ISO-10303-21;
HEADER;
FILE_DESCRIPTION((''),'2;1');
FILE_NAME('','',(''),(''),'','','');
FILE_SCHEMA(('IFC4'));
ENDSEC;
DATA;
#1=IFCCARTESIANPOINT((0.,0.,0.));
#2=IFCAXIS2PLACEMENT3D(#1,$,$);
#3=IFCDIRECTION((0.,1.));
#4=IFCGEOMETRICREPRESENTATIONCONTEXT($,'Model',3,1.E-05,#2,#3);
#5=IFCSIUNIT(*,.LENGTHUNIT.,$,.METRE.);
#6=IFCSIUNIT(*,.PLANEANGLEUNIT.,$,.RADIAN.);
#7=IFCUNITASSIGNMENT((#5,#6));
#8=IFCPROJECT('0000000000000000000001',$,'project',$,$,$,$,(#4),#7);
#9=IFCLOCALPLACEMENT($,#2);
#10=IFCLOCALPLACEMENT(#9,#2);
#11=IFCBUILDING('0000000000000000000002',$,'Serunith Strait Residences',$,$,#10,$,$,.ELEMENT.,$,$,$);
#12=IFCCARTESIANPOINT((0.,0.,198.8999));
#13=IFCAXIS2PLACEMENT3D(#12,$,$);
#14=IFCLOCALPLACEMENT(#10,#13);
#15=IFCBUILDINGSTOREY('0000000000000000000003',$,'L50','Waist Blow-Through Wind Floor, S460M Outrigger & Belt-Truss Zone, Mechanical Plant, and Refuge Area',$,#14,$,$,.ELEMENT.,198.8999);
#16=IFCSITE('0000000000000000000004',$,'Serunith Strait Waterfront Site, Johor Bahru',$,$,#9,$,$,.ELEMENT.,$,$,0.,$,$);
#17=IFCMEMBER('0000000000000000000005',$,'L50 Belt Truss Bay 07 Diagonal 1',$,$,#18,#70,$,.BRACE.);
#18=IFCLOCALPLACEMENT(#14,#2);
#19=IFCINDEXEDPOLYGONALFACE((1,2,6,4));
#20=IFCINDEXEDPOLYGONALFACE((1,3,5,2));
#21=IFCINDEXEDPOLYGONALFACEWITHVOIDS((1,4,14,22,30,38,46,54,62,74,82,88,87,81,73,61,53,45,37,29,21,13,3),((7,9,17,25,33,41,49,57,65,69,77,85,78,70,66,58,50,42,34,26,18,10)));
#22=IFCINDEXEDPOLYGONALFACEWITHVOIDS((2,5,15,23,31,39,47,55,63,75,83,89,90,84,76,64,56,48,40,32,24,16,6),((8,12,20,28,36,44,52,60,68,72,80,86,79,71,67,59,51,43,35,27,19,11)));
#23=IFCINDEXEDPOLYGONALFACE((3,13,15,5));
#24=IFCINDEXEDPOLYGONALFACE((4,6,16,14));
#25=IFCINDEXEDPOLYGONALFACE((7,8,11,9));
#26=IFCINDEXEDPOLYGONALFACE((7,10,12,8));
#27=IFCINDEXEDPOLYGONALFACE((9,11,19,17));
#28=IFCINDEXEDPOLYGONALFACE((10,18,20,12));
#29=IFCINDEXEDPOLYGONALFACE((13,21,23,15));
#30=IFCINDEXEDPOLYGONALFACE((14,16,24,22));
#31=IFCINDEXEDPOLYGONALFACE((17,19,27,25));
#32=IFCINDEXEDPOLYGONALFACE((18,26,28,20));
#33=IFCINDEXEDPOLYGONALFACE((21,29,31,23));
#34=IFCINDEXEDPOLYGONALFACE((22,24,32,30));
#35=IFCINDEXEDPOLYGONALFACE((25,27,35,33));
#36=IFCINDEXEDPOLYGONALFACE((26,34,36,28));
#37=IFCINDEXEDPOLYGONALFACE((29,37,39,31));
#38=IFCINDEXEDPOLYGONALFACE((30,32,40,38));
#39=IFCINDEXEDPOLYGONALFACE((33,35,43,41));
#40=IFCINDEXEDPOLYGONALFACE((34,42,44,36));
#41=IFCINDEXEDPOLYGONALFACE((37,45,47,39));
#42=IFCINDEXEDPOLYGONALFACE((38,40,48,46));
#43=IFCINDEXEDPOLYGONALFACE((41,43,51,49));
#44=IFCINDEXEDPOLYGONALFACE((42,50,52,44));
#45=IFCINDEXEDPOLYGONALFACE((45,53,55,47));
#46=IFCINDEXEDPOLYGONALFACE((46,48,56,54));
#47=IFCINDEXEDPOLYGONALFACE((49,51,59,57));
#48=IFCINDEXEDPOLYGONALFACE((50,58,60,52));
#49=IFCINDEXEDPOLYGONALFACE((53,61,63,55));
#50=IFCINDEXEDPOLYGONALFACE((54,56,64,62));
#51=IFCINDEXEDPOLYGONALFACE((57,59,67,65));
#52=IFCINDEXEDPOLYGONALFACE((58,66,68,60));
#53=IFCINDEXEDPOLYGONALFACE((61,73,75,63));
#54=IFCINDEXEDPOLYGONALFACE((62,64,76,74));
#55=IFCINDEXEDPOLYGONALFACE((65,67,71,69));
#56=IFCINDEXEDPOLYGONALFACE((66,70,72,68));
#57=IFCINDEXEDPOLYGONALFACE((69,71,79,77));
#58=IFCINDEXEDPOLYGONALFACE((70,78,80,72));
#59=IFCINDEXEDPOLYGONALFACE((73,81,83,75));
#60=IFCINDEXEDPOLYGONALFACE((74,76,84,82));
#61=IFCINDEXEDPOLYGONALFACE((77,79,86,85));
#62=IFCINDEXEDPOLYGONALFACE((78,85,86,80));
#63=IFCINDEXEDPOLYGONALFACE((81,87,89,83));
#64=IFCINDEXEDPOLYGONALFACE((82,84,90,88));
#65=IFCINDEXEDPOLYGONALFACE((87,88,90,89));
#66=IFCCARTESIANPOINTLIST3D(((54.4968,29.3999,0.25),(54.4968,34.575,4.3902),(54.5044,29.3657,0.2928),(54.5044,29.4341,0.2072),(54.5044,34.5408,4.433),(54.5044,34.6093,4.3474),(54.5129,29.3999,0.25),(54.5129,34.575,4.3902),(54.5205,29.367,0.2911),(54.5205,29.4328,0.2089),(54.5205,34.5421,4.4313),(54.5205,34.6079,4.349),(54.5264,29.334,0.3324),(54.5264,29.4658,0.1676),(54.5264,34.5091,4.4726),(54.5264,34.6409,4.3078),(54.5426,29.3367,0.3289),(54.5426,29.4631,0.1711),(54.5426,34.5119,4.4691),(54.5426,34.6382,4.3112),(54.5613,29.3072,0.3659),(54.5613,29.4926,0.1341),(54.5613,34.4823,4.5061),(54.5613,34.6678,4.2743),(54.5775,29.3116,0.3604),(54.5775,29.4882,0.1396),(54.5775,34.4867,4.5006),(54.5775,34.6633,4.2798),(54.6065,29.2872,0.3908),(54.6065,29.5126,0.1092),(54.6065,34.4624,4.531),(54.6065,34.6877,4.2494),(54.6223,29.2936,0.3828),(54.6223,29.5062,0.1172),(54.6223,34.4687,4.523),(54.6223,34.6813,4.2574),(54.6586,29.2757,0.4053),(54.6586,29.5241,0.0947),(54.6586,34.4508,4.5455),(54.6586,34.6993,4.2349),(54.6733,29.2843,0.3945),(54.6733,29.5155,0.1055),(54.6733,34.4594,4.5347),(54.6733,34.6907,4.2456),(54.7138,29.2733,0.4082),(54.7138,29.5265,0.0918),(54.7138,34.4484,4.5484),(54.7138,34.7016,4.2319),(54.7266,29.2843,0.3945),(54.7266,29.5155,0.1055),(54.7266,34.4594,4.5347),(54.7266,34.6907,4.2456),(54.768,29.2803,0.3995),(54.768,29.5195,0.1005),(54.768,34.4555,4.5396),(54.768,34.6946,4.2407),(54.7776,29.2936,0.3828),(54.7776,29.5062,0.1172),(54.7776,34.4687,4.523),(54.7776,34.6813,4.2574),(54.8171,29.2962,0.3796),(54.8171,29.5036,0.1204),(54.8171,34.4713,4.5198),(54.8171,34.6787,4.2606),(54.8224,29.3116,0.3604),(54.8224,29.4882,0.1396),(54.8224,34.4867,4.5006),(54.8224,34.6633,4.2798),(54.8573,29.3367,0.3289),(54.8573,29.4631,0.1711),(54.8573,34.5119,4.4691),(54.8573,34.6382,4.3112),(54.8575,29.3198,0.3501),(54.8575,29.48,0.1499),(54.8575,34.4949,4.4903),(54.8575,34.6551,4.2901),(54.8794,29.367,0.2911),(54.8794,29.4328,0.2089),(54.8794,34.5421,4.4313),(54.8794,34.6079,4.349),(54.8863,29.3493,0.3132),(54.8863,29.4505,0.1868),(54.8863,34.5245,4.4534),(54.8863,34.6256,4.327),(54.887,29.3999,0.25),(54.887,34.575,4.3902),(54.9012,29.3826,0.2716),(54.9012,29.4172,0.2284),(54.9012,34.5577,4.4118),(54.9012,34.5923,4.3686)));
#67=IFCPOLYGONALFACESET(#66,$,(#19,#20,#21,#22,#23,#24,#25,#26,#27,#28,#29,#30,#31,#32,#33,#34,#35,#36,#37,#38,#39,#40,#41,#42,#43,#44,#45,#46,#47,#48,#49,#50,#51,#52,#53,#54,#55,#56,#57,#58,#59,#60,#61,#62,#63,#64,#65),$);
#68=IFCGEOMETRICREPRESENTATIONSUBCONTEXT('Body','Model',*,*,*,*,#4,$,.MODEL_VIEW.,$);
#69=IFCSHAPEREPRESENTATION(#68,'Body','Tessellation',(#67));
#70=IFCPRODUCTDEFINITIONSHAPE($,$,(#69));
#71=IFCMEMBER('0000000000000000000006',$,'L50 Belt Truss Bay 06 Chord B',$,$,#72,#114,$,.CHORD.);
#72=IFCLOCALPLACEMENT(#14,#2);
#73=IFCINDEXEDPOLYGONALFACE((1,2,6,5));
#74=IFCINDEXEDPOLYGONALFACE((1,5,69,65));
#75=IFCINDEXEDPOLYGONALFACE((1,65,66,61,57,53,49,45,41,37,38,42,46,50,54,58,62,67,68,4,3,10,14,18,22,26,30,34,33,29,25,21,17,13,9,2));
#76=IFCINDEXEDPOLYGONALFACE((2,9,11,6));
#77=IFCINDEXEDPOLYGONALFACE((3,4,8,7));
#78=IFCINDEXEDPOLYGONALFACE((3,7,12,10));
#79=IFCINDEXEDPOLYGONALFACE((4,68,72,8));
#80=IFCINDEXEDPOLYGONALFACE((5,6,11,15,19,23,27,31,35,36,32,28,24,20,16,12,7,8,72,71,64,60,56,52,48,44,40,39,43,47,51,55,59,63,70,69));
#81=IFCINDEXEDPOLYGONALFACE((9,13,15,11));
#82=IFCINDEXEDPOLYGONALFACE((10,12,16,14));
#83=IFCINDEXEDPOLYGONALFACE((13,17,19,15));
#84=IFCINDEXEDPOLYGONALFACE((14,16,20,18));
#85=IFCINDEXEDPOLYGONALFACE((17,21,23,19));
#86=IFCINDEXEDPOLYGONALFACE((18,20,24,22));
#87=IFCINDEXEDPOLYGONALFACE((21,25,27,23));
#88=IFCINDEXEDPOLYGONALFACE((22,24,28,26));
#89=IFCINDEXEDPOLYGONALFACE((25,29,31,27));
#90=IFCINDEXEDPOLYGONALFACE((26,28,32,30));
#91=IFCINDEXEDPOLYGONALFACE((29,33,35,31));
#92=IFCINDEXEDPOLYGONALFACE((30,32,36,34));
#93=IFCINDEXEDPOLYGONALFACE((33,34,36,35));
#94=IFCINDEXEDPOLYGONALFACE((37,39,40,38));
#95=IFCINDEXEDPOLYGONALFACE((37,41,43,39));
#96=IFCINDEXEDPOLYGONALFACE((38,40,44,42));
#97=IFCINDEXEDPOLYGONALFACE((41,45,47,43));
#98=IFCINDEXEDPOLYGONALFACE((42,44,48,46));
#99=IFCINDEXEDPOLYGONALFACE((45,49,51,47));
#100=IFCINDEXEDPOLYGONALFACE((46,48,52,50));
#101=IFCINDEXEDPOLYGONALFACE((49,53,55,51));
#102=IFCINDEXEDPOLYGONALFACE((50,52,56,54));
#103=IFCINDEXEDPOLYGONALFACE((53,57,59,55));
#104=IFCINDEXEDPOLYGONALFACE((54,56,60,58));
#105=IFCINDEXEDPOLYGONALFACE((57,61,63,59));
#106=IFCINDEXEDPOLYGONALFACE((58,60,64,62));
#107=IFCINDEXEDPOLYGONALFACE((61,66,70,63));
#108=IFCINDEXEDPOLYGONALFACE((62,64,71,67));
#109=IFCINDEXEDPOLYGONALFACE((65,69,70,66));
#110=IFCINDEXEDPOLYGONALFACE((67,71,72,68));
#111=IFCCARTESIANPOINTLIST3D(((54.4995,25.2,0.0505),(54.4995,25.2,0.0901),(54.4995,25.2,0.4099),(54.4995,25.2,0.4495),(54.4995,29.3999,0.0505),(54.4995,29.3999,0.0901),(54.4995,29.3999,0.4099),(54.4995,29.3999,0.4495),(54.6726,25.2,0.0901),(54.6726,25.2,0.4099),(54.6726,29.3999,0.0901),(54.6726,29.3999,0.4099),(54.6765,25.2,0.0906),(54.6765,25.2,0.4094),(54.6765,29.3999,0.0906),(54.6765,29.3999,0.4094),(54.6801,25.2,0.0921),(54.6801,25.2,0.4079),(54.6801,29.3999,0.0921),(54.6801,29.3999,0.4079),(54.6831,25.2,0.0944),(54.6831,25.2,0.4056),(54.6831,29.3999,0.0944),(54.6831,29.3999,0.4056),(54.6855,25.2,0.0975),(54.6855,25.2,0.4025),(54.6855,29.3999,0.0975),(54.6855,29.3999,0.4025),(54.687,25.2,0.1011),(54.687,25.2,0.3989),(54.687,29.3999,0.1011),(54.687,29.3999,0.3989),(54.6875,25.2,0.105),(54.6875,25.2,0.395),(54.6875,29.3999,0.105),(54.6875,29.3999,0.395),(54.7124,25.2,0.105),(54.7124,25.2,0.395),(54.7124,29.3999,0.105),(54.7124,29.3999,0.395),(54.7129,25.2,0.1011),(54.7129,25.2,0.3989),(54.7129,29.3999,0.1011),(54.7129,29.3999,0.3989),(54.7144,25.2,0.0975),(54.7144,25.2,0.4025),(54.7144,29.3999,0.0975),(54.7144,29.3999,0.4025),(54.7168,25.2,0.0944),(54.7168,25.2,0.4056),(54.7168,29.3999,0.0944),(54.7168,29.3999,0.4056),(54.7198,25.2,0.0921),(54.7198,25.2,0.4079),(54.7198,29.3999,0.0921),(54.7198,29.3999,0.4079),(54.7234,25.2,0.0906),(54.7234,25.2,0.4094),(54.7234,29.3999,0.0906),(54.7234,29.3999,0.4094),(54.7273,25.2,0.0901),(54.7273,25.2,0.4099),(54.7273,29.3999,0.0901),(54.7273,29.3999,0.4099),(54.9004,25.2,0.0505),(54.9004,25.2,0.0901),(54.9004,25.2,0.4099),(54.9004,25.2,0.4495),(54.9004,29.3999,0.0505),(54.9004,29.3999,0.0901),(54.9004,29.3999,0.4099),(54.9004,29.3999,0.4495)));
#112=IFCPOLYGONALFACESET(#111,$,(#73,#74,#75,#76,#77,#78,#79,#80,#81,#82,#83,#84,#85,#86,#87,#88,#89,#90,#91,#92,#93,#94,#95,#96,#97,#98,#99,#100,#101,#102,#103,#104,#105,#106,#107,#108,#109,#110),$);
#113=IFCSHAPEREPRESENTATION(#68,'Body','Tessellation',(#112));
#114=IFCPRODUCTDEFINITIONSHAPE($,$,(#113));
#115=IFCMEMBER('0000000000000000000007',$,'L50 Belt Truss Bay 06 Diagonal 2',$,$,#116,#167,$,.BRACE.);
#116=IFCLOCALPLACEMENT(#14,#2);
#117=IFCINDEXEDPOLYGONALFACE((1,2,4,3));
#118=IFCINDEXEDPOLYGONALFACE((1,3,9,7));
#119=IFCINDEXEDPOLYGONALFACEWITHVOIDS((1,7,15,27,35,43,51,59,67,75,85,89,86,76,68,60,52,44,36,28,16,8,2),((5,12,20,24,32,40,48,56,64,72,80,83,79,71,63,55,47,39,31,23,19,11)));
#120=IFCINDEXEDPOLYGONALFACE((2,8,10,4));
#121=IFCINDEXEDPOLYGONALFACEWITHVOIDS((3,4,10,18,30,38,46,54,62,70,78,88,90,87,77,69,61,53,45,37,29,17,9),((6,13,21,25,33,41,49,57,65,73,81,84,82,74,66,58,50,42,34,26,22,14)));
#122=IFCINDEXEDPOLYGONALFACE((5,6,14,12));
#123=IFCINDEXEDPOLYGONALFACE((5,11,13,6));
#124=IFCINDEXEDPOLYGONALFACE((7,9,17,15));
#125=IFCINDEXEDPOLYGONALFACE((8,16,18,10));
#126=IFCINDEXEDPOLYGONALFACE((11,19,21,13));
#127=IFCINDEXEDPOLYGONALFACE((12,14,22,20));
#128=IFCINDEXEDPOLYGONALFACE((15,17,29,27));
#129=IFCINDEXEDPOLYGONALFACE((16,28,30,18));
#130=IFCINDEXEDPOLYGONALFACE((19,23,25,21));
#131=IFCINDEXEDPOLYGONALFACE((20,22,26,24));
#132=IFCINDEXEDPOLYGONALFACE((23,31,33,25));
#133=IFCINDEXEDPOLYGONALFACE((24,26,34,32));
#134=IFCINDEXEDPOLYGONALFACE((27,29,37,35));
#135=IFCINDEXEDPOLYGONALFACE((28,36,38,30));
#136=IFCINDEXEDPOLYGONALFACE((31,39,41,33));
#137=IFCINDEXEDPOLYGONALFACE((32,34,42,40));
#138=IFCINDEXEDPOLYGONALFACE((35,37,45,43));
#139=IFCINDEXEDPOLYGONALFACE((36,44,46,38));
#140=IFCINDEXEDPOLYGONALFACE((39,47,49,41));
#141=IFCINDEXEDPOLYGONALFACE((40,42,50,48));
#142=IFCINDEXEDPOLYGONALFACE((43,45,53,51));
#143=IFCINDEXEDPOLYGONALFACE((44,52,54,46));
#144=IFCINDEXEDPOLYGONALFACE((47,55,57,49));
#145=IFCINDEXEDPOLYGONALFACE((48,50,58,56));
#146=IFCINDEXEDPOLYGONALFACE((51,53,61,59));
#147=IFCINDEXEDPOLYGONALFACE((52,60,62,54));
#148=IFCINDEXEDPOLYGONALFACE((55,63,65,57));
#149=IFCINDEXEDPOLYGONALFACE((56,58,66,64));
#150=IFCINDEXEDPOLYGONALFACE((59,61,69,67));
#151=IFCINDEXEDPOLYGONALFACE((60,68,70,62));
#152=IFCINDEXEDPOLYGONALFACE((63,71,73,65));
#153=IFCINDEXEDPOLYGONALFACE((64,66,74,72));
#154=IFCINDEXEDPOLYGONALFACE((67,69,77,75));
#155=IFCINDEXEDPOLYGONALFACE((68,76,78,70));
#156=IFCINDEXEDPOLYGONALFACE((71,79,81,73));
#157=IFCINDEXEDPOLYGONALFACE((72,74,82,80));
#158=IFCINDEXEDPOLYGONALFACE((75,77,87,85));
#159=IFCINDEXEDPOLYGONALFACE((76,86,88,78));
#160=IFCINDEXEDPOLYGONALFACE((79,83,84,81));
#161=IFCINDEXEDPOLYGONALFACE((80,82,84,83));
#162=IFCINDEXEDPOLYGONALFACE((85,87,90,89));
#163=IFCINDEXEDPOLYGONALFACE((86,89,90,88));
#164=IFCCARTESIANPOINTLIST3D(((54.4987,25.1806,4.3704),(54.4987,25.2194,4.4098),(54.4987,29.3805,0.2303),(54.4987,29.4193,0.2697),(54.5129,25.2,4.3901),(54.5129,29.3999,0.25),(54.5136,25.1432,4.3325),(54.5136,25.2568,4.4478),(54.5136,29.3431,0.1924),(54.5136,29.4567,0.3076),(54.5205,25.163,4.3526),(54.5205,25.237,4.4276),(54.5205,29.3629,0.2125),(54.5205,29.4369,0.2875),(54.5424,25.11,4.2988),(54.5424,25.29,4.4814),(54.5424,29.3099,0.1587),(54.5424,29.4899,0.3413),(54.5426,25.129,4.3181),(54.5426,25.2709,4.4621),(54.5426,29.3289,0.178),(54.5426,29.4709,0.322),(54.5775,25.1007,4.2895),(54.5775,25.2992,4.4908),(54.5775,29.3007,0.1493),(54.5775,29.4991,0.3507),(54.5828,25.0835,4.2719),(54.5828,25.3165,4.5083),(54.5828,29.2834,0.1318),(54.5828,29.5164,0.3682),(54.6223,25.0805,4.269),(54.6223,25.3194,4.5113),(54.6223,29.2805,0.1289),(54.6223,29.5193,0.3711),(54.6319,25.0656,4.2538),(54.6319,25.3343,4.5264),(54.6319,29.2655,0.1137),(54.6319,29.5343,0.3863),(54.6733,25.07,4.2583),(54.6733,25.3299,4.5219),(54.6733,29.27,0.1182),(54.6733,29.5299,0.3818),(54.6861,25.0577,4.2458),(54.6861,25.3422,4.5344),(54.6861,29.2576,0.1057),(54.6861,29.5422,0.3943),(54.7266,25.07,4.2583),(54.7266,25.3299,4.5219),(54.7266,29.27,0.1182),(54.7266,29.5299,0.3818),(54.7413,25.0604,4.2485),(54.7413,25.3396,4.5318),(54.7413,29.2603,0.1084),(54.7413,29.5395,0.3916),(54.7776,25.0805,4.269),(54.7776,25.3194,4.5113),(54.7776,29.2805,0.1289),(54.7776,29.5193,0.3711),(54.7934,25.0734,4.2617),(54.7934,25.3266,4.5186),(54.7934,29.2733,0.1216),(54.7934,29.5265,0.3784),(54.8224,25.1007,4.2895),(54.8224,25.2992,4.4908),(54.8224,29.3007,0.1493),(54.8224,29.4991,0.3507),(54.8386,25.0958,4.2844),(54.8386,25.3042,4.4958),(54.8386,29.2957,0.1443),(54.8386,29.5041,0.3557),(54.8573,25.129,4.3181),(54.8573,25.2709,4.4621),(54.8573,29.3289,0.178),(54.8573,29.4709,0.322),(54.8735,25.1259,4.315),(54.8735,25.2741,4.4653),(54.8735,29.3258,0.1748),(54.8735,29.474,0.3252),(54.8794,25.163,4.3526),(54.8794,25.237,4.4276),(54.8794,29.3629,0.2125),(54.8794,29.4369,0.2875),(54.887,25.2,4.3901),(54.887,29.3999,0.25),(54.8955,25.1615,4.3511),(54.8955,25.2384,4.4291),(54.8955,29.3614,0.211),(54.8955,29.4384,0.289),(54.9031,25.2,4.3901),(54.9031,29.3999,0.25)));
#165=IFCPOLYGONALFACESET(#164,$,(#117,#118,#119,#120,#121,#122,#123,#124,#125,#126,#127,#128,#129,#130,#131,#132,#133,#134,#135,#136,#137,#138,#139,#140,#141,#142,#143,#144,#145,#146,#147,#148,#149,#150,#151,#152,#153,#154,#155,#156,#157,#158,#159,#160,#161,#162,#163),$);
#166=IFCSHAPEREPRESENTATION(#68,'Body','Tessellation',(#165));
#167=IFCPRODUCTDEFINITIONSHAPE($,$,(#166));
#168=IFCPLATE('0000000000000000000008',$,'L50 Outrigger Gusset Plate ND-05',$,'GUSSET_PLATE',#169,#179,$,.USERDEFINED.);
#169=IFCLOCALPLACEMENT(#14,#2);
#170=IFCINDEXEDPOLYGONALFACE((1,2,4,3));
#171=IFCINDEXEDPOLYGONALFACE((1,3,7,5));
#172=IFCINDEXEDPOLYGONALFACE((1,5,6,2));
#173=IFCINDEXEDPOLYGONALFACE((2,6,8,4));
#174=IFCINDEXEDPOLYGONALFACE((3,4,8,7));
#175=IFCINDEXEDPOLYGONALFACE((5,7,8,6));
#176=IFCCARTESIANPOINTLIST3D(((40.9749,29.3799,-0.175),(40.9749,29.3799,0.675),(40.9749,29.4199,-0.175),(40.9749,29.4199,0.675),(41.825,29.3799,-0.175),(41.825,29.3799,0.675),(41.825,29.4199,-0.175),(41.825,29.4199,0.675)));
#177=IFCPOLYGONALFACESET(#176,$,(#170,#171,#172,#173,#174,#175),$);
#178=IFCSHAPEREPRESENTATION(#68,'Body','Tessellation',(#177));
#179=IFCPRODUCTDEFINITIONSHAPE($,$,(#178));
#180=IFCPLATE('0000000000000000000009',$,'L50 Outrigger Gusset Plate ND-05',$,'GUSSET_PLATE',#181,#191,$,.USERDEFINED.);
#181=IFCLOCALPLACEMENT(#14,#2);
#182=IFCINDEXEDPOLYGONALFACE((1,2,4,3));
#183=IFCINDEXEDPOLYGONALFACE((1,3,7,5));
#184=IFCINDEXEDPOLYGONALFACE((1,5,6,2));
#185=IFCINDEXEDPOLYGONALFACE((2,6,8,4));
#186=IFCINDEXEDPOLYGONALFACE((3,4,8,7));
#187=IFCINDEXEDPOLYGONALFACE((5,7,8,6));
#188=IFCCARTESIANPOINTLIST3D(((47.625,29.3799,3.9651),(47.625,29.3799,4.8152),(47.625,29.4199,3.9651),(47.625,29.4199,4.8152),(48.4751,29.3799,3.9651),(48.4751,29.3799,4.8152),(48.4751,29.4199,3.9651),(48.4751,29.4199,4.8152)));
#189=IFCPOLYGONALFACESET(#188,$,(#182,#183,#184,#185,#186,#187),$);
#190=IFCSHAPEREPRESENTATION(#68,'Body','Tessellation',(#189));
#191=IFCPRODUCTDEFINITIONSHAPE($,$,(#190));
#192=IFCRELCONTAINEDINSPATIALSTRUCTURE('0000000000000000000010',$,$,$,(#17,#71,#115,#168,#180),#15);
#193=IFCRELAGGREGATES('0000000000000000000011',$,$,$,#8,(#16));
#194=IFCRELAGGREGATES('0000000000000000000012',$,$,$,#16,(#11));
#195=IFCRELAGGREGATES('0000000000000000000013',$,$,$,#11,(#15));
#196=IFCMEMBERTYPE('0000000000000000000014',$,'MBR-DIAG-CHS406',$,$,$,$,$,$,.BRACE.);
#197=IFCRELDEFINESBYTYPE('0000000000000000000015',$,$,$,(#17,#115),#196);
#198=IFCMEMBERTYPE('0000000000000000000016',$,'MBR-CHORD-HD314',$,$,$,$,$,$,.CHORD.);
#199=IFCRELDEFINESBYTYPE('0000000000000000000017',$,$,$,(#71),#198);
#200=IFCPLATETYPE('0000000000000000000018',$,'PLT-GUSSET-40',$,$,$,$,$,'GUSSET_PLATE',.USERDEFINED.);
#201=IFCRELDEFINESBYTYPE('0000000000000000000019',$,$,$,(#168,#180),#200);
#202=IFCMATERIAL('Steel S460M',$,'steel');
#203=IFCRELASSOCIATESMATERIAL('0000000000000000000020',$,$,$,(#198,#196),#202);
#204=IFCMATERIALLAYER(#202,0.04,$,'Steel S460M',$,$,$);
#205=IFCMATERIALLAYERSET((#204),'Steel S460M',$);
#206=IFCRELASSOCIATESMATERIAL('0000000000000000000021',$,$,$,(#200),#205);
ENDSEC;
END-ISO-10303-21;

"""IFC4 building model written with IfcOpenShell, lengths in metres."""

from ifc_helpers import new_model, si_unit, direction, frame, origin, origin_2d, place, context, subcontext, project, spatial, rectangle, hollow_circle, i_section, extrude, source, transform, mapped, material, layer, layer_set, material_profile, profile_set, type_object, element, save


model = new_model("IFC4")

# Units and contexts
model_context = context("Model", 3, precision=1e-05, world=origin(), true_north=direction((0.0, 1.0)))
body_context = subcontext(model_context, "Body", "Model", "MODEL_VIEW")
ifc_project = project(units=[si_unit("LENGTHUNIT", "METRE"), si_unit("PLANEANGLEUNIT", "RADIAN")], contexts=[model_context])

# Site, building, storey
site_placement = place(None, origin())
site = spatial("IfcSite", under=ifc_project, at=site_placement, Name="Serunith Strait Waterfront Site, Johor Bahru", CompositionType="ELEMENT", RefElevation=0.0)
building_placement = place(site_placement, origin())
building = spatial("IfcBuilding", under=site, at=building_placement, Name="Serunith Strait Residences", CompositionType="ELEMENT")
storey_placement = place(building_placement, frame((0.0, 0.0, 198.8999)))
storey = spatial("IfcBuildingStorey", under=building, at=storey_placement, Name="L50", Description="Waist Blow-Through Wind Floor, S460M Outrigger & Belt-Truss Zone, Mechanical Plant, and Refuge Area", CompositionType="ELEMENT", Elevation=198.8999)

# Members
ifc_material_1 = material(Name="Steel S460M", Category="steel")
ifc_material_profile_1 = material_profile(ifc_material_1, i_section(OverallWidth=0.4009, OverallDepth=0.3989, WebThickness=0.0249, FlangeThickness=0.0396, FilletRadius=0.0149, at=origin_2d()), Name="HD 400x314")
ifc_profile_set_1 = profile_set([ifc_material_profile_1], Name="Steel S460M")
member_type_1 = type_object("IfcMemberType", Name="MBR-CHORD-HD314", PredefinedType="CHORD", material=ifc_profile_set_1)
ifc_material_profile_2 = material_profile(ifc_material_1, hollow_circle(Radius=0.2031, WallThickness=0.0161, at=origin_2d()), Name="CHS 406.4x16")
ifc_profile_set_2 = profile_set([ifc_material_profile_2], Name="Steel S460M")
member_type_2 = type_object("IfcMemberType", Name="MBR-DIAG-CHS406", PredefinedType="BRACE", material=ifc_profile_set_2)
shared_shape_1 = source(origin(), body_context, "Body", "SweptSolid", [
    extrude(hollow_circle(Radius=0.2031, WallThickness=0.0161, at=origin_2d()), origin(), (0.0, 0.0, 1.0), 6.6274),
])
member_1_placement = place(storey_placement, frame((54.7, 29.3999, 0.25), z_axis=(0.0, 0.780862, 0.624704), x_axis=(-1.0, 0.0, 0.0)))
element("IfcMember", 1, at=member_1_placement, inside=storey, type_object=member_type_2, Name="L50 Belt Truss Bay 07 Diagonal 1", PredefinedType="BRACE", context=body_context, shape_type="MappedRepresentation", body=[
    mapped(shared_shape_1, transform((0.0, 0.0, 0.0), scale=1.0)),
])
shared_shape_2 = source(origin(), body_context, "Body", "SweptSolid", [
    extrude(i_section(OverallWidth=0.4009, OverallDepth=0.3989, WebThickness=0.0249, FlangeThickness=0.0396, FilletRadius=0.0149, at=origin_2d()), origin(), (0.0, 0.0, 1.0), 4.2),
])
member_2_placement = place(storey_placement, frame((54.7, 25.2, 0.25), z_axis=(0.0, 1.0, 0.0), x_axis=(-1.0, 0.0, 0.0)))
element("IfcMember", 2, at=member_2_placement, inside=storey, type_object=member_type_1, Name="L50 Belt Truss Bay 06 Chord B", PredefinedType="CHORD", context=body_context, shape_type="MappedRepresentation", body=[
    mapped(shared_shape_2, transform((0.0, 0.0, 0.0), scale=1.0)),
])
shared_shape_3 = source(origin(), body_context, "Body", "SweptSolid", [
    extrude(hollow_circle(Radius=0.2031, WallThickness=0.0161, at=origin_2d()), origin(), (0.0, 0.0, 1.0), 5.8975),
])
member_3_placement = place(storey_placement, frame((54.7, 29.3999, 0.25), z_axis=(0.0, -0.71216, 0.702017), x_axis=(1.0, 0.0, 0.0)))
element("IfcMember", 3, at=member_3_placement, inside=storey, type_object=member_type_2, Name="L50 Belt Truss Bay 06 Diagonal 2", PredefinedType="BRACE", context=body_context, shape_type="MappedRepresentation", body=[
    mapped(shared_shape_3, transform((0.0, 0.0, 0.0), scale=1.0)),
])

# Plates
ifc_layer_1 = layer(ifc_material_1, 0.04, Name="Steel S460M")
ifc_layer_set_1 = layer_set([ifc_layer_1], Name="Steel S460M")
plate_type_1 = type_object("IfcPlateType", Name="PLT-GUSSET-40", ElementType="GUSSET_PLATE", PredefinedType="USERDEFINED", material=ifc_layer_set_1)
shared_shape_4 = source(origin(), body_context, "Body", "SweptSolid", [
    extrude(rectangle(XDim=0.8501, YDim=0.04, at=origin_2d()), origin(), (0.0, 0.0, 1.0), 0.8501),
])
for number, where, z_axis, x_axis, name in (
    (4, (41.3999, 29.3999, -0.175), (0.0, 0.0, 1.0), (1.0, 0.0, 0.0), "L50 Outrigger Gusset Plate ND-05"),
    (5, (48.05, 29.3999, 3.9651), (0.0, 0.0, 1.0), (1.0, 0.0, 0.0), "L50 Outrigger Gusset Plate ND-05"),
):
    element("IfcPlate", number, at=place(storey_placement, frame(where, z_axis=z_axis, x_axis=x_axis)), inside=storey, type_object=plate_type_1, Name=name, ObjectType="GUSSET_PLATE", PredefinedType="USERDEFINED", context=body_context, shape_type="MappedRepresentation", body=[
        mapped(shared_shape_4, transform((0.0, 0.0, 0.0), scale=1.0)),
    ])

save(model, "model.ifc")
